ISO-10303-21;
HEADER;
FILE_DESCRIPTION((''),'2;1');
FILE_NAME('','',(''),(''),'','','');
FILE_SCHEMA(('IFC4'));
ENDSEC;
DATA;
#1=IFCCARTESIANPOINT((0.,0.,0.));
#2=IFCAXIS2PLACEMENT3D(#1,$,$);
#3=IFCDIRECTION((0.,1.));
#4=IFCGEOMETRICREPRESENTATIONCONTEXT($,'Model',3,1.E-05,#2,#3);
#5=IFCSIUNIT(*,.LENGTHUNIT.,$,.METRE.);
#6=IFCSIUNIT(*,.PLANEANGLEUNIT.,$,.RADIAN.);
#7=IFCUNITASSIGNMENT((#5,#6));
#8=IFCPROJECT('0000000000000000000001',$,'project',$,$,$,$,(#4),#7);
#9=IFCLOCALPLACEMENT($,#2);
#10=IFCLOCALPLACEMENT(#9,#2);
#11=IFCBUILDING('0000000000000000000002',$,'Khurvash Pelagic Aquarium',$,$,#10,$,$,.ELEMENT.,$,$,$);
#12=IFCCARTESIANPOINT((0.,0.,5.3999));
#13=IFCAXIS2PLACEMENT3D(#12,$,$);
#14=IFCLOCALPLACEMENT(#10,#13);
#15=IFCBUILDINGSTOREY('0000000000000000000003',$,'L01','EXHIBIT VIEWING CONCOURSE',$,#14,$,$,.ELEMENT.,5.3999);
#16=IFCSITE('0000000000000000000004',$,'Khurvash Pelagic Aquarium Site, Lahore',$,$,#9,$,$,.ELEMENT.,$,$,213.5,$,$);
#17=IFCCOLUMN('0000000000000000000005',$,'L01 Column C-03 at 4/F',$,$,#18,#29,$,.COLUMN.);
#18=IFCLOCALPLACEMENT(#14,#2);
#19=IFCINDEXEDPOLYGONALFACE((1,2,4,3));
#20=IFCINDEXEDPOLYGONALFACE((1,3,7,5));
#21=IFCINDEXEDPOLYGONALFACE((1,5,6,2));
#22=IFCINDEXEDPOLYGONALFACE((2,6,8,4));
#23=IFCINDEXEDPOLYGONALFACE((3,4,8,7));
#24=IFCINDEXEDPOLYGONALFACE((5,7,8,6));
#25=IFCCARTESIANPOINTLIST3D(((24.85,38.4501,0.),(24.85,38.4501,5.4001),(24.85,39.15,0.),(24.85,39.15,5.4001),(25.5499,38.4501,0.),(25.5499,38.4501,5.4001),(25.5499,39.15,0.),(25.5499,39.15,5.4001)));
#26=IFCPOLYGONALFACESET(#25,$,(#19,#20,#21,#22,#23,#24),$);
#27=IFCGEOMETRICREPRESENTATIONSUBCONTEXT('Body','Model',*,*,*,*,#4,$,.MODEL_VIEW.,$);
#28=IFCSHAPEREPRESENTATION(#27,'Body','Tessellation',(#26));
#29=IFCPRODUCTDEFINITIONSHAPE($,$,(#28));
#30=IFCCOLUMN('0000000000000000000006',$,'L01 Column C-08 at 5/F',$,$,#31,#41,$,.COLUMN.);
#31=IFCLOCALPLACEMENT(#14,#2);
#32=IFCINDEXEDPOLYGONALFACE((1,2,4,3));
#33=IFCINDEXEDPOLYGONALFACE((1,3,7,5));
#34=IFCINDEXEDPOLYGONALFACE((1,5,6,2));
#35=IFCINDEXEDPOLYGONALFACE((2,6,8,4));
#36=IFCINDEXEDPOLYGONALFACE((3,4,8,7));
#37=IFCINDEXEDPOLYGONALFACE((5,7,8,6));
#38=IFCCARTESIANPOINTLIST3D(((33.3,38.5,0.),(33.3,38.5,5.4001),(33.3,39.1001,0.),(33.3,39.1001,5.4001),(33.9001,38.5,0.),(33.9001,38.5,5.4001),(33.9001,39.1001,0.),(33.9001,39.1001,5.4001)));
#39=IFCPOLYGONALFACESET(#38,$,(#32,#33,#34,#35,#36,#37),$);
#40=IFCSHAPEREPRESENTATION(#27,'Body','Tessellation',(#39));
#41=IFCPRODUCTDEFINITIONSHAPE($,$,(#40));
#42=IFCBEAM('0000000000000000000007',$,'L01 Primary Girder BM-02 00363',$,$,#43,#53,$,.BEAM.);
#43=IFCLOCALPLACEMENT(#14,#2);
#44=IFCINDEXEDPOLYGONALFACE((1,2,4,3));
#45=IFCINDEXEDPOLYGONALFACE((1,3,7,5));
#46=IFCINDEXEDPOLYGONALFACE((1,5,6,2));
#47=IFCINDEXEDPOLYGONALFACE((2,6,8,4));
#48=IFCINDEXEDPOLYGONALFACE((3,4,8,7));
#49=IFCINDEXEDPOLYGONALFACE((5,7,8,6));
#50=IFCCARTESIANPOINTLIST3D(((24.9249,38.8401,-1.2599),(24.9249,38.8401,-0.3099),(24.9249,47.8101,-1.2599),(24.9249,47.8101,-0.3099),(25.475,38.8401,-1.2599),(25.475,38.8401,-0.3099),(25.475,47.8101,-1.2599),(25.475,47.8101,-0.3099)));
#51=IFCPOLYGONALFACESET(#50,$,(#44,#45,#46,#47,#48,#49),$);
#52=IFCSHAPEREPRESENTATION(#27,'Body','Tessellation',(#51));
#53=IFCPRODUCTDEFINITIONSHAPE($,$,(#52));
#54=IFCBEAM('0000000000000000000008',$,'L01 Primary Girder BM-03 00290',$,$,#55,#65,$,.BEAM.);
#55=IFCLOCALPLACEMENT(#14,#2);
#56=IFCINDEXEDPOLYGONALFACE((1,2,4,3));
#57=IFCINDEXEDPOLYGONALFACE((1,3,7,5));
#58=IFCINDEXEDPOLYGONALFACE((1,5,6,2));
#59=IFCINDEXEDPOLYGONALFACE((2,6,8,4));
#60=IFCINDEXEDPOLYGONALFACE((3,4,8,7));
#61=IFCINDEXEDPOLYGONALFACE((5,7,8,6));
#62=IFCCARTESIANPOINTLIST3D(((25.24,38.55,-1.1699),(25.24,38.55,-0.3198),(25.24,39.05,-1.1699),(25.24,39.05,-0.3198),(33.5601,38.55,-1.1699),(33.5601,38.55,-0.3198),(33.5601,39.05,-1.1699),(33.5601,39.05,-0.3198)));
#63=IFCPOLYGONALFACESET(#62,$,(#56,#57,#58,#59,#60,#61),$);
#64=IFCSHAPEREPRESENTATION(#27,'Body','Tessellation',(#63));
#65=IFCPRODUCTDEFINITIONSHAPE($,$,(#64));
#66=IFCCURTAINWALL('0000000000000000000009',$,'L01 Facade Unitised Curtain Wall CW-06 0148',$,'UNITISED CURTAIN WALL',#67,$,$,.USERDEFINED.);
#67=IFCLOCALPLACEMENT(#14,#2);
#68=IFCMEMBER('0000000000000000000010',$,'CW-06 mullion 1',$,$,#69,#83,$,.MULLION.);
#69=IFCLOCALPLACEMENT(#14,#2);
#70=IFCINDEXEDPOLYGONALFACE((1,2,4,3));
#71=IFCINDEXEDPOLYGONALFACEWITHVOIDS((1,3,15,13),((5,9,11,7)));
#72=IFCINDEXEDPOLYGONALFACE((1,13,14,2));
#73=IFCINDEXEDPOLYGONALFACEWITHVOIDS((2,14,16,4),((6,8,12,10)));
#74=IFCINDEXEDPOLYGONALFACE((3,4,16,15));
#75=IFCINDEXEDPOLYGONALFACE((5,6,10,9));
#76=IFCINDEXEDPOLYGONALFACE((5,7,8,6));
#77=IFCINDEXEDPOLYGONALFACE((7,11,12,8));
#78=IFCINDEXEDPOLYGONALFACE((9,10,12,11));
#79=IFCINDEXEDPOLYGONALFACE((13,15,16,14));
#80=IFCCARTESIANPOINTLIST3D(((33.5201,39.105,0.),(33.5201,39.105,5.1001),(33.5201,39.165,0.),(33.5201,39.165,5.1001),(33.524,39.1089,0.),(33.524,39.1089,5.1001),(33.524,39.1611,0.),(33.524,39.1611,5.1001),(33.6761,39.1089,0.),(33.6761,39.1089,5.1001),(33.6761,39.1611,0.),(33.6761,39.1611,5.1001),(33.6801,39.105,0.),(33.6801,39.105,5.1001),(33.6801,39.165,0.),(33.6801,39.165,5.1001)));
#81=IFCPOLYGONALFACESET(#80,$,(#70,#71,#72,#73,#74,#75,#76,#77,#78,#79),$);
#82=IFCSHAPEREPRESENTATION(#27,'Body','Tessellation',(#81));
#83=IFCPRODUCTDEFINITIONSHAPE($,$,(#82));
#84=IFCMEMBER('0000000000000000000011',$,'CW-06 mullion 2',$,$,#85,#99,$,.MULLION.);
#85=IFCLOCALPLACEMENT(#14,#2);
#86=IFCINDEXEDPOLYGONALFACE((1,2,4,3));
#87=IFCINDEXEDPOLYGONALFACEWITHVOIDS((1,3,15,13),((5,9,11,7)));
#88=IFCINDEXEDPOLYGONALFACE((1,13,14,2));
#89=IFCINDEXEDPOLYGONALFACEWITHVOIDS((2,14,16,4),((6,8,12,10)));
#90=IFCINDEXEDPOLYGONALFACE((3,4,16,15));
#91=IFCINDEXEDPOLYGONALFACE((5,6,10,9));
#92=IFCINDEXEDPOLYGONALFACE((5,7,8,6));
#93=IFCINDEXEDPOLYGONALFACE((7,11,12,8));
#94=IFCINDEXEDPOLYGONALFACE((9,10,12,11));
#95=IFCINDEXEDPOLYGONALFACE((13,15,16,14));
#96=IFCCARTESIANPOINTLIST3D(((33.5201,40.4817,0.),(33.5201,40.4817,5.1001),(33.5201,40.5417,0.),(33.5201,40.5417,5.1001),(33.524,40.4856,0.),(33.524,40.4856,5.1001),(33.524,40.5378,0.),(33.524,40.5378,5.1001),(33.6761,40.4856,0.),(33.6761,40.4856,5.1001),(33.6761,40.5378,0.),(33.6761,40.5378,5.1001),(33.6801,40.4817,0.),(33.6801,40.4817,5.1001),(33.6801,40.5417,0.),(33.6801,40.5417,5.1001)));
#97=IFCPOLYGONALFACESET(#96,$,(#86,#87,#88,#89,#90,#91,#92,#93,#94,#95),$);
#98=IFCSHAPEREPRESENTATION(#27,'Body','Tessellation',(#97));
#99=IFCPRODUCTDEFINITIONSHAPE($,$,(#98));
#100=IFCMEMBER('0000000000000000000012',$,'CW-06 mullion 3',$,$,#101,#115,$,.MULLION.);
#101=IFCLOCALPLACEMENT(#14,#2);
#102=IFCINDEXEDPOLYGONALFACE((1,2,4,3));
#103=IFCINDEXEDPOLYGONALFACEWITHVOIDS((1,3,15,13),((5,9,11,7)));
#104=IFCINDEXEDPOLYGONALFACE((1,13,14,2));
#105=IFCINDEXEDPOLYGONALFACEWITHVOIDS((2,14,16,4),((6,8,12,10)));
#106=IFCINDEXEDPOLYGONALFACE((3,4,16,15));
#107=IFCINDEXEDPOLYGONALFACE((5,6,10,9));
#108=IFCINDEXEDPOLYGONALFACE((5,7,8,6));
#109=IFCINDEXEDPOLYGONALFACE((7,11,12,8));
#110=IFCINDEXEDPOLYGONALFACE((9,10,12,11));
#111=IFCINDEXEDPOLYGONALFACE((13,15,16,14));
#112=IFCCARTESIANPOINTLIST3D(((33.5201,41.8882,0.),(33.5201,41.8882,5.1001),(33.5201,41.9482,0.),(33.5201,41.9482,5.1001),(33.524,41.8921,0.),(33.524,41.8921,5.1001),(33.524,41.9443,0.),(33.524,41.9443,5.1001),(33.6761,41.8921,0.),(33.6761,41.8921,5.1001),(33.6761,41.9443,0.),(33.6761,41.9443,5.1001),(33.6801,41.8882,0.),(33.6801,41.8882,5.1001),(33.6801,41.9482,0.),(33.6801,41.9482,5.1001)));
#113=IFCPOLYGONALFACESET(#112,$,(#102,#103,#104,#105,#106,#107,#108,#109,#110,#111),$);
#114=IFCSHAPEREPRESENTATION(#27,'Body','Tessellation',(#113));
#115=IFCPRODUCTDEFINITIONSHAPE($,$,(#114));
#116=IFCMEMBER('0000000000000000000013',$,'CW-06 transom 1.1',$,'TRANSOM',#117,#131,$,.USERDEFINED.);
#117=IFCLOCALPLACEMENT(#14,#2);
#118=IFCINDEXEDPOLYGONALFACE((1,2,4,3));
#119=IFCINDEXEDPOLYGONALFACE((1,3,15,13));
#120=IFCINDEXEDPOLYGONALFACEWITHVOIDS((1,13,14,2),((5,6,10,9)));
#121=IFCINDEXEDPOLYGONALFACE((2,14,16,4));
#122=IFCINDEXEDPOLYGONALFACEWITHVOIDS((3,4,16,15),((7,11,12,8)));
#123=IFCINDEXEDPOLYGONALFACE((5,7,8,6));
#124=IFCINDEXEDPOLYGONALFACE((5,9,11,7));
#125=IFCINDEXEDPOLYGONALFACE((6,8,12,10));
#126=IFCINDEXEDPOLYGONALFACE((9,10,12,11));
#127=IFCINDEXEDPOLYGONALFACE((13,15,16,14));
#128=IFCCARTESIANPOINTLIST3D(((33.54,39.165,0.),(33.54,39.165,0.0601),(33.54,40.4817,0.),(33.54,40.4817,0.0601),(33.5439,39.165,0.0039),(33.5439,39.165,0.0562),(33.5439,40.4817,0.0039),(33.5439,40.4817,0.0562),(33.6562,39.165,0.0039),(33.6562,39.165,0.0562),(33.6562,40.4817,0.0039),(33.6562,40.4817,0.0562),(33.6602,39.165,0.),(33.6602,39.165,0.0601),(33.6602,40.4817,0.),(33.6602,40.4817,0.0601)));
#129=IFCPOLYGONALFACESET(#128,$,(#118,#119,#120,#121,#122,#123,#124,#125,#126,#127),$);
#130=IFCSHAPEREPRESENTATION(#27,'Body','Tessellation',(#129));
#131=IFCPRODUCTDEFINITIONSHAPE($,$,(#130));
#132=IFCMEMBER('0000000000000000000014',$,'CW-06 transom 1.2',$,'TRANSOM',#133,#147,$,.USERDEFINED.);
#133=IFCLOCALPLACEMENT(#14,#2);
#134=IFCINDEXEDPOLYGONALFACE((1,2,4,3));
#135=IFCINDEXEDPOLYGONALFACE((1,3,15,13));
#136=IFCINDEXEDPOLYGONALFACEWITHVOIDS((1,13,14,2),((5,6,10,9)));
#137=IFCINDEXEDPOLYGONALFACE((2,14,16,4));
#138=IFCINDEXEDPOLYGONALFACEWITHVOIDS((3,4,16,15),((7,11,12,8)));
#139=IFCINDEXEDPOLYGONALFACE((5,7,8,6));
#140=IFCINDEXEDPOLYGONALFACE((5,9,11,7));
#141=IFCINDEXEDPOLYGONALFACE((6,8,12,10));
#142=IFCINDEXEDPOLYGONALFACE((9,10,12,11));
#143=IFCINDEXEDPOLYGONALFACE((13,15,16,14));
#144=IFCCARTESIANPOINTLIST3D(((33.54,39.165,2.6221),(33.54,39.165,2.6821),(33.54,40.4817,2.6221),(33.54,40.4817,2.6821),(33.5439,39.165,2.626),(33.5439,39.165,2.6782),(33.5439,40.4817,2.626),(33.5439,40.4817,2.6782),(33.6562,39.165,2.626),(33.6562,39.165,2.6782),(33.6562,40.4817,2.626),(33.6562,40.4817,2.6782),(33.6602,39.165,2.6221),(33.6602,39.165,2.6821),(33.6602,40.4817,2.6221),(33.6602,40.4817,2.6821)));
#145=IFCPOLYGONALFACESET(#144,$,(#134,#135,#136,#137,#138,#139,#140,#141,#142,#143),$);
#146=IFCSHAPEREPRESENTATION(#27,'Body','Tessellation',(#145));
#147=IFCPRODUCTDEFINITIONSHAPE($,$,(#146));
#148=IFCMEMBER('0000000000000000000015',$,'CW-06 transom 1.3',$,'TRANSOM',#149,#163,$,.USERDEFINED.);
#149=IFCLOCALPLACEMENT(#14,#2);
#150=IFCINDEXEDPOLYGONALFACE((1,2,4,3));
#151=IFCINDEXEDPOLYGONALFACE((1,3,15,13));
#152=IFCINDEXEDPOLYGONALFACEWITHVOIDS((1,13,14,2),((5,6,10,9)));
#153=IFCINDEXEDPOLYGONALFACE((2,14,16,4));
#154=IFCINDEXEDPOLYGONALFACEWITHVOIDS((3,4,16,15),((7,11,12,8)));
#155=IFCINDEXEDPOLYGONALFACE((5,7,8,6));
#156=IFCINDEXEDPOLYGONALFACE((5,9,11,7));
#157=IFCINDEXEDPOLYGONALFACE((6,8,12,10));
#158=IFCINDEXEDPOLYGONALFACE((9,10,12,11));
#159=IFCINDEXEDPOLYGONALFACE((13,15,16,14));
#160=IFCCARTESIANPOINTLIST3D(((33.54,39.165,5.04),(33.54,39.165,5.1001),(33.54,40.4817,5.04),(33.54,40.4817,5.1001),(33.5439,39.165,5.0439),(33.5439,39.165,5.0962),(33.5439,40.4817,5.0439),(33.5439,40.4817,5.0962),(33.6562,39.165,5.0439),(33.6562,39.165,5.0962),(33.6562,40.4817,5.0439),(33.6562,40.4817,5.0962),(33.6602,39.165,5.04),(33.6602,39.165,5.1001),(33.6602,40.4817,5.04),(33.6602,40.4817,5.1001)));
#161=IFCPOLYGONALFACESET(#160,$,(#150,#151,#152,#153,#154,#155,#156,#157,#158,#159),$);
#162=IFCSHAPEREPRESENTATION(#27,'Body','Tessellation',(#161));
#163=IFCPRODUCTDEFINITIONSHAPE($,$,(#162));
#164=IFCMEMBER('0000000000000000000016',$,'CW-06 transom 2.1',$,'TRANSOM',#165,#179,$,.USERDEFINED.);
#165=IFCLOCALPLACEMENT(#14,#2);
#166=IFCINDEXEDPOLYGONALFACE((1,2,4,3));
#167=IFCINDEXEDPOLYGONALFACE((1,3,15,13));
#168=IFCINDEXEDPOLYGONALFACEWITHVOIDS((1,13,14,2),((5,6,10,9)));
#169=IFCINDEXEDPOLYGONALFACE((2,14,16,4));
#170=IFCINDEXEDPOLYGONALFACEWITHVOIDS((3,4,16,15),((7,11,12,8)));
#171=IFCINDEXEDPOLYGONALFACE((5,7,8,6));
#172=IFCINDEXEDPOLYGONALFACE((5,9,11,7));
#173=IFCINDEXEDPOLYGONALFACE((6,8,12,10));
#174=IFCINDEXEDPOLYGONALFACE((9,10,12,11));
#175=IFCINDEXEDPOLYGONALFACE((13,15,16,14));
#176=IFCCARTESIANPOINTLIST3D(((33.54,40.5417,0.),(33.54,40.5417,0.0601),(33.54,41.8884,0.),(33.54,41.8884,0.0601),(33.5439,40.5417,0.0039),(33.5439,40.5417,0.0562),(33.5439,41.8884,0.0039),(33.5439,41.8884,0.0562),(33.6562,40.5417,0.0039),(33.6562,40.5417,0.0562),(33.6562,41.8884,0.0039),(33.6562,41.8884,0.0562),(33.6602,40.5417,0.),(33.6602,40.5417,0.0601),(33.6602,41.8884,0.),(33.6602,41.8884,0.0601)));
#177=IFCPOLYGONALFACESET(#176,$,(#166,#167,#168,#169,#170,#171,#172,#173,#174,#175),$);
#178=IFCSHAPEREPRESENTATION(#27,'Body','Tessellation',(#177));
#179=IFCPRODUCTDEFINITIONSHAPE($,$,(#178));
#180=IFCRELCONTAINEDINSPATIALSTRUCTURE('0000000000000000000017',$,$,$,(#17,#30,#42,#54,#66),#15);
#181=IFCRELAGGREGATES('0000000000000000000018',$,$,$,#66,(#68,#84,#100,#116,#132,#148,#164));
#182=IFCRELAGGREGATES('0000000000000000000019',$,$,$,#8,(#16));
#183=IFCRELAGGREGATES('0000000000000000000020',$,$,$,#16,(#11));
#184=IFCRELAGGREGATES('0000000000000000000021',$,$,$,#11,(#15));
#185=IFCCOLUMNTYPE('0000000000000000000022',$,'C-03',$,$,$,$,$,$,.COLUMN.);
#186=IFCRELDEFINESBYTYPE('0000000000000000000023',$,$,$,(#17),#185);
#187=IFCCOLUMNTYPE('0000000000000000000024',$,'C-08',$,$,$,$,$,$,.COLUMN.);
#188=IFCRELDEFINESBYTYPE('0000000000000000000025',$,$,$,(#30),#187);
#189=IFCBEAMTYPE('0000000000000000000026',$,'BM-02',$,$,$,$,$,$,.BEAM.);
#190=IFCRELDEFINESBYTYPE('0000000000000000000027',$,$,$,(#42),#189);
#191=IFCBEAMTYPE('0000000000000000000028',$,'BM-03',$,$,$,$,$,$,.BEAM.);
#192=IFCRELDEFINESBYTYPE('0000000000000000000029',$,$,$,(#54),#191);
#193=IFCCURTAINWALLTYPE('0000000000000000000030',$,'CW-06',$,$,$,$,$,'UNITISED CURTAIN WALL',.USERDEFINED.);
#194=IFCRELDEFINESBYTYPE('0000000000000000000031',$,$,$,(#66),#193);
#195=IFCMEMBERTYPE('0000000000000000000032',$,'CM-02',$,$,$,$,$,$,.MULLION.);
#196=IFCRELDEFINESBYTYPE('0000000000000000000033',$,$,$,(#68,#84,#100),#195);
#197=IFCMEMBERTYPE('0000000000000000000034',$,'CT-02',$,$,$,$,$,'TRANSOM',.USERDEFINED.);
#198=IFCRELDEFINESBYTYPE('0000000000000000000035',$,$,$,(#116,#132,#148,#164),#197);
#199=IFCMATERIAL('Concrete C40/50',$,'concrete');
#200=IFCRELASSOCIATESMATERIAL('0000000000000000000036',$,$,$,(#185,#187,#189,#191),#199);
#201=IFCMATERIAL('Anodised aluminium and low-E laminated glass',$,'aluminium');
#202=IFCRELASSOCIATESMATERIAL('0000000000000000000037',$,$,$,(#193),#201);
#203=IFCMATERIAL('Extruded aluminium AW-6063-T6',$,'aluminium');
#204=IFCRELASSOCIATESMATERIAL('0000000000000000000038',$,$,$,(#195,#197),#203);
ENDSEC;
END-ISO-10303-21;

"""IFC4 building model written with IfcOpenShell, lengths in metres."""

from ifc_helpers import new_model, si_unit, direction, frame, origin, origin_2d, place, context, subcontext, project, spatial, rectangle, hollow_rectangle, extrude, material, material_profile, profile_set, type_object, element, aggregate, save


model = new_model("IFC4")

# Units and contexts
model_context = context("Model", 3, precision=1e-05, world=origin(), true_north=direction((0.0, 1.0)))
body_context = subcontext(model_context, "Body", "Model", "MODEL_VIEW")
ifc_project = project(units=[si_unit("LENGTHUNIT", "METRE"), si_unit("PLANEANGLEUNIT", "RADIAN")], contexts=[model_context])

# Site, building, storey
site_placement = place(None, origin())
site = spatial("IfcSite", under=ifc_project, at=site_placement, Name="Khurvash Pelagic Aquarium Site, Lahore", CompositionType="ELEMENT", RefElevation=213.5)
building_placement = place(site_placement, origin())
building = spatial("IfcBuilding", under=site, at=building_placement, Name="Khurvash Pelagic Aquarium", CompositionType="ELEMENT")
storey_placement = place(building_placement, frame((0.0, 0.0, 5.3999)))
storey = spatial("IfcBuildingStorey", under=building, at=storey_placement, Name="L01", Description="EXHIBIT VIEWING CONCOURSE", CompositionType="ELEMENT", Elevation=5.3999)

# Columns
ifc_material_1 = material(Name="Concrete C40/50", Category="concrete")
ifc_material_profile_1 = material_profile(ifc_material_1, rectangle(XDim=0.7, YDim=0.7, at=origin_2d()), Name="RC700X700")
ifc_profile_set_1 = profile_set([ifc_material_profile_1], Name="Concrete C40/50")
column_type_1 = type_object("IfcColumnType", Name="C-03", PredefinedType="COLUMN", material=ifc_profile_set_1)
column_1_placement = place(storey_placement, frame((25.2, 38.8, 0.0), z_axis=(0.0, 0.0, 1.0), x_axis=(1.0, 0.0, 0.0)))
element("IfcColumn", 1, at=column_1_placement, inside=storey, type_object=column_type_1, Name="L01 Column C-03 at 4/F", PredefinedType="COLUMN", context=body_context, shape_type="SweptSolid", body=[
    extrude(rectangle(XDim=0.7, YDim=0.7, at=origin_2d()), origin(), (0.0, 0.0, 1.0), 5.4001),
])
ifc_material_profile_2 = material_profile(ifc_material_1, rectangle(XDim=0.6001, YDim=0.6001, at=origin_2d()), Name="RC600X600")
ifc_profile_set_2 = profile_set([ifc_material_profile_2], Name="Concrete C40/50")
column_type_2 = type_object("IfcColumnType", Name="C-08", PredefinedType="COLUMN", material=ifc_profile_set_2)
column_2_placement = place(storey_placement, frame((33.6001, 38.8, 0.0), z_axis=(0.0, 0.0, 1.0), x_axis=(1.0, 0.0, 0.0)))
element("IfcColumn", 2, at=column_2_placement, inside=storey, type_object=column_type_2, Name="L01 Column C-08 at 5/F", PredefinedType="COLUMN", context=body_context, shape_type="SweptSolid", body=[
    extrude(rectangle(XDim=0.6001, YDim=0.6001, at=origin_2d()), origin(), (0.0, 0.0, 1.0), 5.4001),
])

# Beams
ifc_material_profile_3 = material_profile(ifc_material_1, rectangle(XDim=0.55, YDim=0.95, at=origin_2d()), Name="RC550X950")
ifc_profile_set_3 = profile_set([ifc_material_profile_3], Name="Concrete C40/50")
beam_type_1 = type_object("IfcBeamType", Name="BM-02", PredefinedType="BEAM", material=ifc_profile_set_3)
beam_1_placement = place(storey_placement, frame((25.2, 38.8401, -0.7849), z_axis=(0.0, 1.0, 0.0), x_axis=(-1.0, 0.0, 0.0)))
element("IfcBeam", 3, at=beam_1_placement, inside=storey, type_object=beam_type_1, Name="L01 Primary Girder BM-02 00363", PredefinedType="BEAM", context=body_context, shape_type="SweptSolid", body=[
    extrude(rectangle(XDim=0.55, YDim=0.95, at=origin_2d()), origin(), (0.0, 0.0, 1.0), 8.97),
])
ifc_material_profile_4 = material_profile(ifc_material_1, rectangle(XDim=0.5, YDim=0.8501, at=origin_2d()), Name="RC500X850")
ifc_profile_set_4 = profile_set([ifc_material_profile_4], Name="Concrete C40/50")
beam_type_2 = type_object("IfcBeamType", Name="BM-03", PredefinedType="BEAM", material=ifc_profile_set_4)
beam_2_placement = place(storey_placement, frame((25.24, 38.8, -0.7449), z_axis=(1.0, 0.0, 0.0), x_axis=(0.0, 1.0, 0.0)))
element("IfcBeam", 4, at=beam_2_placement, inside=storey, type_object=beam_type_2, Name="L01 Primary Girder BM-03 00290", PredefinedType="BEAM", context=body_context, shape_type="SweptSolid", body=[
    extrude(rectangle(XDim=0.5, YDim=0.8501, at=origin_2d()), origin(), (0.0, 0.0, 1.0), 8.3201),
])

# Curtain wall, members
ifc_material_2 = material(Name="Anodised aluminium and low-E laminated glass", Category="aluminium")
curtain_wall_type = type_object("IfcCurtainWallType", Name="CW-06", ElementType="UNITISED CURTAIN WALL", PredefinedType="USERDEFINED", material=ifc_material_2)
curtain_wall_placement = place(storey_placement, origin())
curtain_wall = element("IfcCurtainWall", 5, at=curtain_wall_placement, inside=storey, type_object=curtain_wall_type, Name="L01 Facade Unitised Curtain Wall CW-06 0148", ObjectType="UNITISED CURTAIN WALL", PredefinedType="USERDEFINED")
ifc_material_3 = material(Name="Extruded aluminium AW-6063-T6", Category="aluminium")
ifc_material_profile_5 = material_profile(ifc_material_3, hollow_rectangle(XDim=0.0601, YDim=0.1599, WallThickness=0.0039, at=origin_2d()), Name="CWM60X160X4")
ifc_profile_set_5 = profile_set([ifc_material_profile_5], Name="Extruded aluminium AW-6063-T6")
member_type_1 = type_object("IfcMemberType", Name="CM-02", PredefinedType="MULLION", material=ifc_profile_set_5)
member_1_placement = place(storey_placement, frame((33.6001, 39.135, 0.0), z_axis=(0.0, 0.0, 1.0), x_axis=(0.0, 1.0, 0.0)))
member_1 = element("IfcMember", 6, at=member_1_placement, type_object=member_type_1, Name="CW-06 mullion 1", PredefinedType="MULLION", context=body_context, shape_type="SweptSolid", body=[
    extrude(hollow_rectangle(XDim=0.0601, YDim=0.1599, WallThickness=0.0039, at=origin_2d()), origin(), (0.0, 0.0, 1.0), 5.1001),
])
member_2_placement = place(storey_placement, frame((33.6001, 40.5117, 0.0), z_axis=(0.0, 0.0, 1.0), x_axis=(0.0, 1.0, 0.0)))
member_2 = element("IfcMember", 7, at=member_2_placement, type_object=member_type_1, Name="CW-06 mullion 2", PredefinedType="MULLION", context=body_context, shape_type="SweptSolid", body=[
    extrude(hollow_rectangle(XDim=0.0601, YDim=0.1599, WallThickness=0.0039, at=origin_2d()), origin(), (0.0, 0.0, 1.0), 5.1001),
])
member_3_placement = place(storey_placement, frame((33.6001, 41.9182, 0.0), z_axis=(0.0, 0.0, 1.0), x_axis=(0.0, 1.0, 0.0)))
member_3 = element("IfcMember", 8, at=member_3_placement, type_object=member_type_1, Name="CW-06 mullion 3", PredefinedType="MULLION", context=body_context, shape_type="SweptSolid", body=[
    extrude(hollow_rectangle(XDim=0.0601, YDim=0.1599, WallThickness=0.0039, at=origin_2d()), origin(), (0.0, 0.0, 1.0), 5.1001),
])
ifc_material_profile_6 = material_profile(ifc_material_3, hollow_rectangle(XDim=0.1201, YDim=0.0601, WallThickness=0.0039, at=origin_2d()), Name="CWT120X60X4")
ifc_profile_set_6 = profile_set([ifc_material_profile_6], Name="Extruded aluminium AW-6063-T6")
member_type_2 = type_object("IfcMemberType", Name="CT-02", ElementType="TRANSOM", PredefinedType="USERDEFINED", material=ifc_profile_set_6)
member_4_placement = place(storey_placement, frame((33.6001, 39.165, 0.03), z_axis=(0.0, 1.0, 0.0), x_axis=(-1.0, 0.0, 0.0)))
member_4 = element("IfcMember", 9, at=member_4_placement, type_object=member_type_2, Name="CW-06 transom 1.1", ObjectType="TRANSOM", PredefinedType="USERDEFINED", context=body_context, shape_type="SweptSolid", body=[
    extrude(hollow_rectangle(XDim=0.1201, YDim=0.0601, WallThickness=0.0039, at=origin_2d()), origin(), (0.0, 0.0, 1.0), 1.3167),
])
member_5_placement = place(storey_placement, frame((33.6001, 39.165, 2.6521), z_axis=(0.0, 1.0, 0.0), x_axis=(-1.0, 0.0, 0.0)))
member_5 = element("IfcMember", 10, at=member_5_placement, type_object=member_type_2, Name="CW-06 transom 1.2", ObjectType="TRANSOM", PredefinedType="USERDEFINED", context=body_context, shape_type="SweptSolid", body=[
    extrude(hollow_rectangle(XDim=0.1201, YDim=0.0601, WallThickness=0.0039, at=origin_2d()), origin(), (0.0, 0.0, 1.0), 1.3167),
])
member_6_placement = place(storey_placement, frame((33.6001, 39.165, 5.0701), z_axis=(0.0, 1.0, 0.0), x_axis=(-1.0, 0.0, 0.0)))
member_6 = element("IfcMember", 11, at=member_6_placement, type_object=member_type_2, Name="CW-06 transom 1.3", ObjectType="TRANSOM", PredefinedType="USERDEFINED", context=body_context, shape_type="SweptSolid", body=[
    extrude(hollow_rectangle(XDim=0.1201, YDim=0.0601, WallThickness=0.0039, at=origin_2d()), origin(), (0.0, 0.0, 1.0), 1.3167),
])
member_7_placement = place(storey_placement, frame((33.6001, 40.5417, 0.03), z_axis=(0.0, 1.0, 0.0), x_axis=(-1.0, 0.0, 0.0)))
member_7 = element("IfcMember", 12, at=member_7_placement, type_object=member_type_2, Name="CW-06 transom 2.1", ObjectType="TRANSOM", PredefinedType="USERDEFINED", context=body_context, shape_type="SweptSolid", body=[
    extrude(hollow_rectangle(XDim=0.1201, YDim=0.0601, WallThickness=0.0039, at=origin_2d()), origin(), (0.0, 0.0, 1.0), 1.3467),
])

aggregate(curtain_wall, [member_1, member_2, member_3, member_4, member_5, member_6, member_7])

save(model, "model.ifc")
